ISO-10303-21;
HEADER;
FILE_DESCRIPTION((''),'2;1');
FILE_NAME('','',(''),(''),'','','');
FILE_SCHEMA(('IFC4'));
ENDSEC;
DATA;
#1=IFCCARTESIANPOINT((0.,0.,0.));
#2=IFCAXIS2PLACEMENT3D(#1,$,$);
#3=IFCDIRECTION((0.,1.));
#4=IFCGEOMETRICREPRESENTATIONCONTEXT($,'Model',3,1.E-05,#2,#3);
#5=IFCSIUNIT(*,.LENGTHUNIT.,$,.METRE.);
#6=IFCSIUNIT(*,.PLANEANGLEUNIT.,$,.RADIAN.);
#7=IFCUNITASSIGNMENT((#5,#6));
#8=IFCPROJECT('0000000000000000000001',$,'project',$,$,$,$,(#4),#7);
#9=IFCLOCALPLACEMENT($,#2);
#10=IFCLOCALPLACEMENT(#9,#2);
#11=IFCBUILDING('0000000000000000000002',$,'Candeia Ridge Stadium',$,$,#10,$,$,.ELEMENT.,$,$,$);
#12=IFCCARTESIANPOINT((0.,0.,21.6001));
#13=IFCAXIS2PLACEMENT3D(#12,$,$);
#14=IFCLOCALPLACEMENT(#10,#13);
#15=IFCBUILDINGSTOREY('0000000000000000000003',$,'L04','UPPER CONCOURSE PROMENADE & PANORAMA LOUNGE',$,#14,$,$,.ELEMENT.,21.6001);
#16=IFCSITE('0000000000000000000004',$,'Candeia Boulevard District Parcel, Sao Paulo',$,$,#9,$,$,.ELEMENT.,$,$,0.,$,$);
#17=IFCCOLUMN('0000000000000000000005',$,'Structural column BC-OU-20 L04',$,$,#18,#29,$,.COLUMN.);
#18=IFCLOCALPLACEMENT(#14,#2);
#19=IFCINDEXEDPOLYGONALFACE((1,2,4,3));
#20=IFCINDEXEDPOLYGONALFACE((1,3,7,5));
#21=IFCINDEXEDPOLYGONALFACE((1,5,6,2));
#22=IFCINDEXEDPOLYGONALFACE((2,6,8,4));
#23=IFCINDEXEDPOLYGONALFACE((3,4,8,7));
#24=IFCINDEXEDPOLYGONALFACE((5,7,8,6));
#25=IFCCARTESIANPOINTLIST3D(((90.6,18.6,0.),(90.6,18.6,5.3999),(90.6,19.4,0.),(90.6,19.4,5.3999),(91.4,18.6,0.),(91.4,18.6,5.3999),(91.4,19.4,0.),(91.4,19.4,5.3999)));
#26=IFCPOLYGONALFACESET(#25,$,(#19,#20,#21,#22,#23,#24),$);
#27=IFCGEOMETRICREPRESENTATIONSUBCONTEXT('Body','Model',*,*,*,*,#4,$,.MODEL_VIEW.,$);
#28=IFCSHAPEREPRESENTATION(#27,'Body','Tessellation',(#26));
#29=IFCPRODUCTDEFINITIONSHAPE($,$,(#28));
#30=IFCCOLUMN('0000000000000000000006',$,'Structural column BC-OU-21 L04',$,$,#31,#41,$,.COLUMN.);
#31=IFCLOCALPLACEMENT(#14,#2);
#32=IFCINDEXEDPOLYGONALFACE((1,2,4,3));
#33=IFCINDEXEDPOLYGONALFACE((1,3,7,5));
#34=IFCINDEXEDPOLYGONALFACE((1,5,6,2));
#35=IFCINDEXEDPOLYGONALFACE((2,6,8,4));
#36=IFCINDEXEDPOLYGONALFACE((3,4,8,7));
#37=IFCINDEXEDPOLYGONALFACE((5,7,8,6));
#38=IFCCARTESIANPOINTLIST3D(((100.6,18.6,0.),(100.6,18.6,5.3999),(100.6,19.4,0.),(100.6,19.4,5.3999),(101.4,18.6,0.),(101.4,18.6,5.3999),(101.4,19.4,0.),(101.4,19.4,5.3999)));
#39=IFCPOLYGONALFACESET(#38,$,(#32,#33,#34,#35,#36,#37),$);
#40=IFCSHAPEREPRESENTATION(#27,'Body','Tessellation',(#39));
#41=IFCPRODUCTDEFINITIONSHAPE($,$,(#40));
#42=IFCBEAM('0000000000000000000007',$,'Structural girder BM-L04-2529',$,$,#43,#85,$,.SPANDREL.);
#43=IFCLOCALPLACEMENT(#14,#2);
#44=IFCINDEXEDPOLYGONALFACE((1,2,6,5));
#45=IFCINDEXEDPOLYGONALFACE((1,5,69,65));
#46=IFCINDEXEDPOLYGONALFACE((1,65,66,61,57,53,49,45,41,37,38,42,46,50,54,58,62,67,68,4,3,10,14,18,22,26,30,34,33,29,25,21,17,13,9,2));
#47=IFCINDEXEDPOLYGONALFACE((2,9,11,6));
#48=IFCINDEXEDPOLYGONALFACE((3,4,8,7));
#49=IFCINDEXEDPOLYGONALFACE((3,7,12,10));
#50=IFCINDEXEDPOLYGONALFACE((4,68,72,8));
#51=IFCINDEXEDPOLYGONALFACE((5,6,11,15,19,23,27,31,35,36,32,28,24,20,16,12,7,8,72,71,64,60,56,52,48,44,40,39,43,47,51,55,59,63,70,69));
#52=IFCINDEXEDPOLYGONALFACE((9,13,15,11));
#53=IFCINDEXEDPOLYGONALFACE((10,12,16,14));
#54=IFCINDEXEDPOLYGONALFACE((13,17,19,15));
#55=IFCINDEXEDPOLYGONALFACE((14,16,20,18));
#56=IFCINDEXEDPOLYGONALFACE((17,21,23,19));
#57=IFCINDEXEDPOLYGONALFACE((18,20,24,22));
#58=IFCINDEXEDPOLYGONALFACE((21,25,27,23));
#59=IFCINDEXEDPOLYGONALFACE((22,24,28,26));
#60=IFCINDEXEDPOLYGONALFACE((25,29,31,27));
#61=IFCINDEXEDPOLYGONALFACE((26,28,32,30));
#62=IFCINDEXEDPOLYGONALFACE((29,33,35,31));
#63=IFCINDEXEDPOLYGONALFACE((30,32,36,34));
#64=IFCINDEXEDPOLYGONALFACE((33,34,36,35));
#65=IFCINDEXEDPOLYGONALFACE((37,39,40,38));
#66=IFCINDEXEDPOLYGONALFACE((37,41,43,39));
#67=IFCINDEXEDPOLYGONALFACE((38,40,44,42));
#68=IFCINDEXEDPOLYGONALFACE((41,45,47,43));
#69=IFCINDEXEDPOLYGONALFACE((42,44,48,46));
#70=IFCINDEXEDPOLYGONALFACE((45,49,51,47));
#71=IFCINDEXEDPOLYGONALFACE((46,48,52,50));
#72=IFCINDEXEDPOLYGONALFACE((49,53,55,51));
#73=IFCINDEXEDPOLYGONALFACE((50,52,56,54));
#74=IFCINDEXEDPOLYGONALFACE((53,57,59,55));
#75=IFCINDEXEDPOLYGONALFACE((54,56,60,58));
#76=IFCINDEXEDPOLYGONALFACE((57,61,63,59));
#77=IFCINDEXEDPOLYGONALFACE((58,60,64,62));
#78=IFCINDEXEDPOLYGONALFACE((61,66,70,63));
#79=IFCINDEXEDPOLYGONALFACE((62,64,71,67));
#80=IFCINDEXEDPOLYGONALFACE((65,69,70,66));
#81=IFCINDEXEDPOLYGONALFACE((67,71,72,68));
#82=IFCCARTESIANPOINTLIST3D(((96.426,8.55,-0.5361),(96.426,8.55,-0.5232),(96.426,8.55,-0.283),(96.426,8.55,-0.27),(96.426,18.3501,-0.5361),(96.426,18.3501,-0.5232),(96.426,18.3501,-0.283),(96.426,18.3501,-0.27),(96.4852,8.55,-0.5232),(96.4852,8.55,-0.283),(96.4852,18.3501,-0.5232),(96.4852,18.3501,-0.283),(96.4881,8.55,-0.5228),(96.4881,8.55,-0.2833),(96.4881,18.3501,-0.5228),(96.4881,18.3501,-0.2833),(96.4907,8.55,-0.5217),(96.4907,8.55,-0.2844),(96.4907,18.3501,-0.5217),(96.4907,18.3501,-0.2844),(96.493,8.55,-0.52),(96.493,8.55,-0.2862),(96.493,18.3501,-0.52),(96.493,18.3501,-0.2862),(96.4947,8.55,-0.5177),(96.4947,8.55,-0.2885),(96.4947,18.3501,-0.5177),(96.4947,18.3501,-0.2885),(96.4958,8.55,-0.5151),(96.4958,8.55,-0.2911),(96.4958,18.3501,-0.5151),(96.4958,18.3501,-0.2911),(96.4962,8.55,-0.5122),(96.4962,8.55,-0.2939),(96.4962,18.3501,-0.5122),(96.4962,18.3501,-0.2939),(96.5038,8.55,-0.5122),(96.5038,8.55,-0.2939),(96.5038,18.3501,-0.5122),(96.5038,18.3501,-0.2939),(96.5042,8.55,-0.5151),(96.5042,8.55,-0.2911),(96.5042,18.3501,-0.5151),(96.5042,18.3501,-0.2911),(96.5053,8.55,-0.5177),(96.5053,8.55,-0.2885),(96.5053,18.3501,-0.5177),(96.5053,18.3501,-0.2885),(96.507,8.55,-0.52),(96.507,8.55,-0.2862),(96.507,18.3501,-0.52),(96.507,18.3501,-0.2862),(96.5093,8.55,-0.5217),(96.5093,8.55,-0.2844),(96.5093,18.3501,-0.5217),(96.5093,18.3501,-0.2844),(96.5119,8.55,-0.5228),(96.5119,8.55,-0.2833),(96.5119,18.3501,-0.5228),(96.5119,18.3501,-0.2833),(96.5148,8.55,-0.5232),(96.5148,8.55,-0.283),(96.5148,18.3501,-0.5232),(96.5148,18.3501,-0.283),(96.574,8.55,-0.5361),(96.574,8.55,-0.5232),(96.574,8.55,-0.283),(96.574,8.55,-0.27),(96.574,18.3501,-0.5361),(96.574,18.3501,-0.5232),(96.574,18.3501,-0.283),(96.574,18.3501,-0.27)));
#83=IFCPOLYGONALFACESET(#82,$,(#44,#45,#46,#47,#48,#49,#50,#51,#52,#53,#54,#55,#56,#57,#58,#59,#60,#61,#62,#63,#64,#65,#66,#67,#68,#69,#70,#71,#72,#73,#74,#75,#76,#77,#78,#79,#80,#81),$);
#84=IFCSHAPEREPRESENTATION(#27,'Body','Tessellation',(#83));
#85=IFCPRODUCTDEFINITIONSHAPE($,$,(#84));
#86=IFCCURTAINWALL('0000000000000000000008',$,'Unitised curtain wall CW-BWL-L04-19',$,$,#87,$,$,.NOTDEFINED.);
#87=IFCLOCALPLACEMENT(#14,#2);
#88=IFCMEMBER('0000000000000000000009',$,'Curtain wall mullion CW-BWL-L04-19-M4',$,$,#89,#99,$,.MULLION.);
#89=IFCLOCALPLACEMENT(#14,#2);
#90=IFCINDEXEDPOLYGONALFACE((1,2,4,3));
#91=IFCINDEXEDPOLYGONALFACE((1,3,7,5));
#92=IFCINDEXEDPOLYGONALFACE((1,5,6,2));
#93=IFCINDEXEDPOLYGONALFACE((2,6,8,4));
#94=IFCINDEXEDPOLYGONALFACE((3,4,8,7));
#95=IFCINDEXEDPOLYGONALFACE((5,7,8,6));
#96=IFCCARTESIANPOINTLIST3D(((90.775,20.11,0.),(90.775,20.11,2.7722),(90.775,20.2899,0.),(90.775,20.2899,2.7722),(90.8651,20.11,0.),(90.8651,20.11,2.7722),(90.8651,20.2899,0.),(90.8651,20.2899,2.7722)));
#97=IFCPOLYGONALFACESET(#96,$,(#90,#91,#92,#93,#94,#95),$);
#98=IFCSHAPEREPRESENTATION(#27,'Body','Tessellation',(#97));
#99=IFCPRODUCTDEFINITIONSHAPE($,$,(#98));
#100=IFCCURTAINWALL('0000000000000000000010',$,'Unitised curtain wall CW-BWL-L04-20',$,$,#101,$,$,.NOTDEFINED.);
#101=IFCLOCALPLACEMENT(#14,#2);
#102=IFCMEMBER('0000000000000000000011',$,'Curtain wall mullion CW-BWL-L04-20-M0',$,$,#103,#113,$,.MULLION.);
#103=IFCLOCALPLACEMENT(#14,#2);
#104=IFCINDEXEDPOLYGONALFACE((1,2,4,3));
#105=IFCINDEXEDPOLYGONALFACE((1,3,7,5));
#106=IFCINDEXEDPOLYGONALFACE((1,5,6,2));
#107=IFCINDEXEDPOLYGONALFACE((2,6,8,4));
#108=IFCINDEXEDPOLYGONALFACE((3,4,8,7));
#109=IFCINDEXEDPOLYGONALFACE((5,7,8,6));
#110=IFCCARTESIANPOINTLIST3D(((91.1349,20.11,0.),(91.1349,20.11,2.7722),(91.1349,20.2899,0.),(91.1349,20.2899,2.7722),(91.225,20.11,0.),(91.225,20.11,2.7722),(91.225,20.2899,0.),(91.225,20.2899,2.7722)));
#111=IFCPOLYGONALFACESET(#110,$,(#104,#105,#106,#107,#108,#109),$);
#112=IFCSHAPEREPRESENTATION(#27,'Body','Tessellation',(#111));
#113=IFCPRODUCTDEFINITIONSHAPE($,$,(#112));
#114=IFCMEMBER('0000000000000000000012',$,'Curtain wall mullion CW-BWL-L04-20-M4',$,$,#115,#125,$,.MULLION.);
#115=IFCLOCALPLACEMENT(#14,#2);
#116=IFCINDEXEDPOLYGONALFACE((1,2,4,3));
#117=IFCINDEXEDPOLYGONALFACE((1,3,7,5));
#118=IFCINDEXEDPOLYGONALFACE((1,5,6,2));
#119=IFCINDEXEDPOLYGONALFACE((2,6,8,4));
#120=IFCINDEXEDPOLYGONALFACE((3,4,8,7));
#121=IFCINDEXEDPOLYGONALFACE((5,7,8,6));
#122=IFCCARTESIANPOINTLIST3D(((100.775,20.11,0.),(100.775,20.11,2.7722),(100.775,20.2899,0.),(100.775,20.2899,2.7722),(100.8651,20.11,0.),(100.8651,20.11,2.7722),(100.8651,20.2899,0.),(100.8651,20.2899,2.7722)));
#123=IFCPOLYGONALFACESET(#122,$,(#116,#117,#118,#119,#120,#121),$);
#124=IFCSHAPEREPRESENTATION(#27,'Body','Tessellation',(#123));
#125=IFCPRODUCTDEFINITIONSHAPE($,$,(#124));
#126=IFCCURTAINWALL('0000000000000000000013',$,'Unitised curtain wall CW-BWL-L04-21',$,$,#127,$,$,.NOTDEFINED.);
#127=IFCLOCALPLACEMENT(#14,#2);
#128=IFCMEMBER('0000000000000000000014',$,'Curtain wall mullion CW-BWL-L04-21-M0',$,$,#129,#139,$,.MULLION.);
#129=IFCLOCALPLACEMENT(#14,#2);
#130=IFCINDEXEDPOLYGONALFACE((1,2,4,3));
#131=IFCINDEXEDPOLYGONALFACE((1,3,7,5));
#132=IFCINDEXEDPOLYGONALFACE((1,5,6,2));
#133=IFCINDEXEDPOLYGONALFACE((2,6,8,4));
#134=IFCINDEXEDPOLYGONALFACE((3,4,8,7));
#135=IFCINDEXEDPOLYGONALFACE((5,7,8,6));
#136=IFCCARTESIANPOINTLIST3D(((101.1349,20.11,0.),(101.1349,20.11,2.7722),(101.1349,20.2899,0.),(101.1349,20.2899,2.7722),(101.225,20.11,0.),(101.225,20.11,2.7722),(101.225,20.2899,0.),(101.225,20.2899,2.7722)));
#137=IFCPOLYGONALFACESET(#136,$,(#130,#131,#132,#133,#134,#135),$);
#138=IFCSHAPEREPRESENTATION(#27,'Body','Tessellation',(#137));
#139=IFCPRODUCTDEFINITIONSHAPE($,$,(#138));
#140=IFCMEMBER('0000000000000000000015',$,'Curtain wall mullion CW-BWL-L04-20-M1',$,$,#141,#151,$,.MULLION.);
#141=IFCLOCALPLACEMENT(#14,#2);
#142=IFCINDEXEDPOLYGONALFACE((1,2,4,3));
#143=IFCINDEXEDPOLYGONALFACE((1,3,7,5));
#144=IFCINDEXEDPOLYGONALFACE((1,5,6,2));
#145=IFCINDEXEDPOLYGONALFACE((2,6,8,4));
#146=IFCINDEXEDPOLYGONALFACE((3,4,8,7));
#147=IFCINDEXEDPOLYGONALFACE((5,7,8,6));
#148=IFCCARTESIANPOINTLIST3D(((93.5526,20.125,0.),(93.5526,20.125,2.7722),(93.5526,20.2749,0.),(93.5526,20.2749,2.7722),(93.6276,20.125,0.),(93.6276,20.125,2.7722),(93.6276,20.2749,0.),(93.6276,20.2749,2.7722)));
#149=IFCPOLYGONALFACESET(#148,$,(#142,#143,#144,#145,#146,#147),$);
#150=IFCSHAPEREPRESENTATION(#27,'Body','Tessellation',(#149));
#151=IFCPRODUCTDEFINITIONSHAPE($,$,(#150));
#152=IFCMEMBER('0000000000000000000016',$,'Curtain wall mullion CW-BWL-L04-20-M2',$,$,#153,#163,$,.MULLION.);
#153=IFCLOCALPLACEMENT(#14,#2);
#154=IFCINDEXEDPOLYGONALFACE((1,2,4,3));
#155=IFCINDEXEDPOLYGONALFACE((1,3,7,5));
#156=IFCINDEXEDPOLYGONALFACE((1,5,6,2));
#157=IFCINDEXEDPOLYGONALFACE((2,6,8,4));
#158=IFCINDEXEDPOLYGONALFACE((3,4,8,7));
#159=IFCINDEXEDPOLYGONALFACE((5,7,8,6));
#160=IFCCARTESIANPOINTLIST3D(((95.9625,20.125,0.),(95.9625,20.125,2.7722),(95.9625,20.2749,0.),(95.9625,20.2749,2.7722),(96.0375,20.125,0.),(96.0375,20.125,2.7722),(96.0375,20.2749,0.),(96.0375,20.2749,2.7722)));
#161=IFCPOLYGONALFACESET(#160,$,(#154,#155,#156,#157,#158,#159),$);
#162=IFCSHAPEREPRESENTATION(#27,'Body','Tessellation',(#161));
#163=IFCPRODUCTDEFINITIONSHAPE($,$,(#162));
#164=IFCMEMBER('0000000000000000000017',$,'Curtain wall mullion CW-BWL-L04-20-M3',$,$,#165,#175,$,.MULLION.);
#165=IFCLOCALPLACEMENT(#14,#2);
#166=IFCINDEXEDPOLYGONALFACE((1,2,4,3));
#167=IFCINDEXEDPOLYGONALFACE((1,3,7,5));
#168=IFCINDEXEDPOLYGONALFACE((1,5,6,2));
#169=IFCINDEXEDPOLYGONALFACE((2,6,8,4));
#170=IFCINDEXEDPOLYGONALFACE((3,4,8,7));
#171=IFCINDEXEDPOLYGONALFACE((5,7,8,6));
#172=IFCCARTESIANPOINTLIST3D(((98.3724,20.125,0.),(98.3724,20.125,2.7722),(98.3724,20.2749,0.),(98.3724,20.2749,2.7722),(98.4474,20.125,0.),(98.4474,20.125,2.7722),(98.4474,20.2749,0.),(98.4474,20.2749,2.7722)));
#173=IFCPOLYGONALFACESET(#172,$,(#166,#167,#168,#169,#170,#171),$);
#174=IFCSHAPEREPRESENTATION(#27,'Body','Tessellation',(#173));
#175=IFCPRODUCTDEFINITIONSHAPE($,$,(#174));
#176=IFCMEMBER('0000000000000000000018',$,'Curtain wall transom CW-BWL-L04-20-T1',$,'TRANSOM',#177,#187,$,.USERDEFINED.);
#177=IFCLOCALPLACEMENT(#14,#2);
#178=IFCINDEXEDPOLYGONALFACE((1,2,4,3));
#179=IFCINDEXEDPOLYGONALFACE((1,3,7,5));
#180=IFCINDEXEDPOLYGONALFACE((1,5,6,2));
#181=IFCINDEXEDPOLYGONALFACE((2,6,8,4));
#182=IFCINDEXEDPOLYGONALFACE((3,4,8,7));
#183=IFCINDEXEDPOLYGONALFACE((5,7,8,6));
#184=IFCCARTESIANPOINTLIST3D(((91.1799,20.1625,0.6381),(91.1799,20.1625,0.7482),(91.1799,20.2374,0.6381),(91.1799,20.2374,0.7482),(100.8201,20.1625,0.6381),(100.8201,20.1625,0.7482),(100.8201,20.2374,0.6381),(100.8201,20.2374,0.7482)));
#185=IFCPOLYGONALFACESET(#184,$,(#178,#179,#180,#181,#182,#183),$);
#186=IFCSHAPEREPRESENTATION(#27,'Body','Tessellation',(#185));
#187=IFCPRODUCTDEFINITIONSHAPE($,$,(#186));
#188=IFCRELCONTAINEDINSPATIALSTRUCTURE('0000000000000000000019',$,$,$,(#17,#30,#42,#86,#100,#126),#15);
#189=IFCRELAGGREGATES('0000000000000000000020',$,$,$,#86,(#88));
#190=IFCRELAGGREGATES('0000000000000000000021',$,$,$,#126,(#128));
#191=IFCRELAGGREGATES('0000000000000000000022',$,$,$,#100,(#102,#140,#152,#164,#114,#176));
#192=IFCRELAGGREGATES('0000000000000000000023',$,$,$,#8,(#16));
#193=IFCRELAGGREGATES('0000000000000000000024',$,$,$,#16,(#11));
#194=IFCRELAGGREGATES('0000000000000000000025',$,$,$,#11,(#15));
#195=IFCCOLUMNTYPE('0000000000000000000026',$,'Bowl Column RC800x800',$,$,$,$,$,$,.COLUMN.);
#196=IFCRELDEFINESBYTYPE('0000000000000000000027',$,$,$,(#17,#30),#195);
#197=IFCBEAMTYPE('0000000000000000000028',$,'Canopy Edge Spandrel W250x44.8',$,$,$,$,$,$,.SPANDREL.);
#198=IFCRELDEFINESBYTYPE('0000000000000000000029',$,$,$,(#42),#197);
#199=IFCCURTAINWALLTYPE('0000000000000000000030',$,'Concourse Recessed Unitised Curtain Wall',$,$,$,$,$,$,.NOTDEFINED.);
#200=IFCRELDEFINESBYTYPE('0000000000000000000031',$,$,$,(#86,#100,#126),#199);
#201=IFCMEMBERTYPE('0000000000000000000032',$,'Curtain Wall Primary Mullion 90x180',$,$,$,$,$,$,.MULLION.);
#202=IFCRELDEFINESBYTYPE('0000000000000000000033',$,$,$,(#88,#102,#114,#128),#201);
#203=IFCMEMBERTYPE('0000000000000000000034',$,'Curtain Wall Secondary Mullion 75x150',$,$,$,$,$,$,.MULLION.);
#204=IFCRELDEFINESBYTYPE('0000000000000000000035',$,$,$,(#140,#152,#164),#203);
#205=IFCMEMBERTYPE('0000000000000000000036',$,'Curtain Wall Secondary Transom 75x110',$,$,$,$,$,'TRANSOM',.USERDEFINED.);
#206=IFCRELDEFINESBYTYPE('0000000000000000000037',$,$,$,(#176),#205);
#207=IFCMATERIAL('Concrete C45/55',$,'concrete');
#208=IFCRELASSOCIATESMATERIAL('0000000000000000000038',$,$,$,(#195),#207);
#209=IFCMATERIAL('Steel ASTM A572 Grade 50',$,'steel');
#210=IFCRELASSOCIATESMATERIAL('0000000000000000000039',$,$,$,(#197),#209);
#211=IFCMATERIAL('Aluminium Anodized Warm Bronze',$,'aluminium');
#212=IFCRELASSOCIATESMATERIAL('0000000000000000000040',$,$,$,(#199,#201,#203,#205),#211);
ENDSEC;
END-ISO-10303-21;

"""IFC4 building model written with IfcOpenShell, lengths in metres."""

from ifc_helpers import new_model, si_unit, direction, frame, origin, origin_2d, place, context, subcontext, project, spatial, rectangle, i_section, extrude, material, material_profile, profile_set, type_object, element, aggregate, save


model = new_model("IFC4")

# Units and contexts
model_context = context("Model", 3, precision=1e-05, world=origin(), true_north=direction((0.0, 1.0)))
body_context = subcontext(model_context, "Body", "Model", "MODEL_VIEW")
ifc_project = project(units=[si_unit("LENGTHUNIT", "METRE"), si_unit("PLANEANGLEUNIT", "RADIAN")], contexts=[model_context])

# Site, building, storey
site_placement = place(None, origin())
site = spatial("IfcSite", under=ifc_project, at=site_placement, Name="Candeia Boulevard District Parcel, Sao Paulo", CompositionType="ELEMENT", RefElevation=0.0)
building_placement = place(site_placement, origin())
building = spatial("IfcBuilding", under=site, at=building_placement, Name="Candeia Ridge Stadium", CompositionType="ELEMENT")
storey_placement = place(building_placement, frame((0.0, 0.0, 21.6001)))
storey = spatial("IfcBuildingStorey", under=building, at=storey_placement, Name="L04", Description="UPPER CONCOURSE PROMENADE & PANORAMA LOUNGE", CompositionType="ELEMENT", Elevation=21.6001)

# Columns
ifc_material_1 = material(Name="Concrete C45/55", Category="concrete")
ifc_material_profile_1 = material_profile(ifc_material_1, rectangle(XDim=0.8, YDim=0.8, at=origin_2d()), Name="RC800x800", Category="concrete")
ifc_profile_set_1 = profile_set([ifc_material_profile_1], Name="Concrete C45/55")
column_type = type_object("IfcColumnType", Name="Bowl Column RC800x800", PredefinedType="COLUMN", material=ifc_profile_set_1)
for number, where, z_axis, x_axis, name in (
    (1, (91.0, 19.0, 0.0), (0.0, 0.0, 1.0), (1.0, 0.0, 0.0), "Structural column BC-OU-20 L04"),
    (2, (101.0, 19.0, 0.0), (0.0, 0.0, 1.0), (1.0, 0.0, 0.0), "Structural column BC-OU-21 L04"),
):
    element("IfcColumn", number, at=place(storey_placement, frame(where, z_axis=z_axis, x_axis=x_axis)), inside=storey, type_object=column_type, Name=name, PredefinedType="COLUMN", context=body_context, shape_type="SweptSolid", body=[
        extrude(rectangle(XDim=0.8, YDim=0.8, at=origin_2d()), origin(), (0.0, 0.0, 1.0), 5.3999),
    ])

# Beam
ifc_material_2 = material(Name="Steel ASTM A572 Grade 50", Category="steel")
ifc_material_profile_2 = material_profile(ifc_material_2, i_section(OverallWidth=0.1479, OverallDepth=0.2661, WebThickness=0.0076, FlangeThickness=0.0129, FilletRadius=0.011, at=origin_2d()), Name="W250x44.8", Category="steel")
ifc_profile_set_2 = profile_set([ifc_material_profile_2], Name="Steel ASTM A572 Grade 50")
beam_type_1 = type_object("IfcBeamType", Name="Canopy Edge Spandrel W250x44.8", PredefinedType="SPANDREL", material=ifc_profile_set_2)
beam_1_placement = place(storey_placement, frame((96.5, 8.55, -0.4031), z_axis=(0.0, 1.0, 0.0), x_axis=(-1.0, 0.0, 0.0)))
element("IfcBeam", 3, at=beam_1_placement, inside=storey, type_object=beam_type_1, Name="Structural girder BM-L04-2529", PredefinedType="SPANDREL", context=body_context, shape_type="SweptSolid", body=[
    extrude(i_section(OverallWidth=0.1479, OverallDepth=0.2661, WebThickness=0.0076, FlangeThickness=0.0129, FilletRadius=0.011, at=origin_2d()), origin(), (0.0, 0.0, 1.0), 9.8),
])

# Curtain wall, member
ifc_material_3 = material(Name="Aluminium Anodized Warm Bronze", Category="aluminium")
curtain_wall_type = type_object("IfcCurtainWallType", Name="Concourse Recessed Unitised Curtain Wall", PredefinedType="NOTDEFINED", material=ifc_material_3)
curtain_wall_1_placement = place(storey_placement, origin())
curtain_wall_1 = element("IfcCurtainWall", 4, at=curtain_wall_1_placement, inside=storey, type_object=curtain_wall_type, Name="Unitised curtain wall CW-BWL-L04-19", PredefinedType="NOTDEFINED")
ifc_material_profile_3 = material_profile(ifc_material_3, rectangle(XDim=0.0901, YDim=0.1799, at=origin_2d()), Name="CWM-90x180", Category="aluminium")
ifc_profile_set_3 = profile_set([ifc_material_profile_3], Name="Aluminium Anodized Warm Bronze")
member_type_1 = type_object("IfcMemberType", Name="Curtain Wall Primary Mullion 90x180", PredefinedType="MULLION", material=ifc_profile_set_3)
member_1_placement = place(storey_placement, frame((90.8201, 20.2, 0.0), z_axis=(0.0, 0.0, 1.0), x_axis=(1.0, 0.0, 0.0)))
member_1 = element("IfcMember", 5, at=member_1_placement, type_object=member_type_1, Name="Curtain wall mullion CW-BWL-L04-19-M4", PredefinedType="MULLION", context=body_context, shape_type="SweptSolid", body=[
    extrude(rectangle(XDim=0.0901, YDim=0.1799, at=origin_2d()), origin(), (0.0, 0.0, 1.0), 2.7722),
])
aggregate(curtain_wall_1, [member_1])

# Curtain wall, members
curtain_wall_2_placement = place(storey_placement, origin())
curtain_wall_2 = element("IfcCurtainWall", 6, at=curtain_wall_2_placement, inside=storey, type_object=curtain_wall_type, Name="Unitised curtain wall CW-BWL-L04-20", PredefinedType="NOTDEFINED")
member_2_placement = place(storey_placement, frame((91.1799, 20.2, 0.0), z_axis=(0.0, 0.0, 1.0), x_axis=(1.0, 0.0, 0.0)))
member_2 = element("IfcMember", 7, at=member_2_placement, type_object=member_type_1, Name="Curtain wall mullion CW-BWL-L04-20-M0", PredefinedType="MULLION", context=body_context, shape_type="SweptSolid", body=[
    extrude(rectangle(XDim=0.0901, YDim=0.1799, at=origin_2d()), origin(), (0.0, 0.0, 1.0), 2.7722),
])
member_3_placement = place(storey_placement, frame((100.8201, 20.2, 0.0), z_axis=(0.0, 0.0, 1.0), x_axis=(1.0, 0.0, 0.0)))
member_3 = element("IfcMember", 8, at=member_3_placement, type_object=member_type_1, Name="Curtain wall mullion CW-BWL-L04-20-M4", PredefinedType="MULLION", context=body_context, shape_type="SweptSolid", body=[
    extrude(rectangle(XDim=0.0901, YDim=0.1799, at=origin_2d()), origin(), (0.0, 0.0, 1.0), 2.7722),
])

# Curtain wall, member
curtain_wall_3_placement = place(storey_placement, origin())
curtain_wall_3 = element("IfcCurtainWall", 9, at=curtain_wall_3_placement, inside=storey, type_object=curtain_wall_type, Name="Unitised curtain wall CW-BWL-L04-21", PredefinedType="NOTDEFINED")
member_4_placement = place(storey_placement, frame((101.1799, 20.2, 0.0), z_axis=(0.0, 0.0, 1.0), x_axis=(1.0, 0.0, 0.0)))
member_4 = element("IfcMember", 10, at=member_4_placement, type_object=member_type_1, Name="Curtain wall mullion CW-BWL-L04-21-M0", PredefinedType="MULLION", context=body_context, shape_type="SweptSolid", body=[
    extrude(rectangle(XDim=0.0901, YDim=0.1799, at=origin_2d()), origin(), (0.0, 0.0, 1.0), 2.7722),
])

# Members
ifc_material_profile_4 = material_profile(ifc_material_3, rectangle(XDim=0.075, YDim=0.1499, at=origin_2d()), Name="CWM-75x150", Category="aluminium")
ifc_profile_set_4 = profile_set([ifc_material_profile_4], Name="Aluminium Anodized Warm Bronze")
member_type_2 = type_object("IfcMemberType", Name="Curtain Wall Secondary Mullion 75x150", PredefinedType="MULLION", material=ifc_profile_set_4)
member_5_placement = place(storey_placement, frame((93.5901, 20.2, 0.0), z_axis=(0.0, 0.0, 1.0), x_axis=(1.0, 0.0, 0.0)))
member_5 = element("IfcMember", 11, at=member_5_placement, type_object=member_type_2, Name="Curtain wall mullion CW-BWL-L04-20-M1", PredefinedType="MULLION", context=body_context, shape_type="SweptSolid", body=[
    extrude(rectangle(XDim=0.075, YDim=0.1499, at=origin_2d()), origin(), (0.0, 0.0, 1.0), 2.7722),
])
member_6_placement = place(storey_placement, frame((96.0, 20.2, 0.0), z_axis=(0.0, 0.0, 1.0), x_axis=(1.0, 0.0, 0.0)))
member_6 = element("IfcMember", 12, at=member_6_placement, type_object=member_type_2, Name="Curtain wall mullion CW-BWL-L04-20-M2", PredefinedType="MULLION", context=body_context, shape_type="SweptSolid", body=[
    extrude(rectangle(XDim=0.075, YDim=0.1499, at=origin_2d()), origin(), (0.0, 0.0, 1.0), 2.7722),
])
member_7_placement = place(storey_placement, frame((98.4099, 20.2, 0.0), z_axis=(0.0, 0.0, 1.0), x_axis=(1.0, 0.0, 0.0)))
member_7 = element("IfcMember", 13, at=member_7_placement, type_object=member_type_2, Name="Curtain wall mullion CW-BWL-L04-20-M3", PredefinedType="MULLION", context=body_context, shape_type="SweptSolid", body=[
    extrude(rectangle(XDim=0.075, YDim=0.1499, at=origin_2d()), origin(), (0.0, 0.0, 1.0), 2.7722),
])
ifc_material_profile_5 = material_profile(ifc_material_3, rectangle(XDim=0.075, YDim=0.1101, at=origin_2d()), Name="CWT-75x110", Category="aluminium")
ifc_profile_set_5 = profile_set([ifc_material_profile_5], Name="Aluminium Anodized Warm Bronze")
member_type_3 = type_object("IfcMemberType", Name="Curtain Wall Secondary Transom 75x110", ElementType="TRANSOM", PredefinedType="USERDEFINED", material=ifc_profile_set_5)
member_8_placement = place(storey_placement, frame((91.1799, 20.2, 0.6931), z_axis=(1.0, 0.0, 0.0), x_axis=(0.0, 1.0, 0.0)))
member_8 = element("IfcMember", 14, at=member_8_placement, type_object=member_type_3, Name="Curtain wall transom CW-BWL-L04-20-T1", ObjectType="TRANSOM", PredefinedType="USERDEFINED", context=body_context, shape_type="SweptSolid", body=[
    extrude(rectangle(XDim=0.075, YDim=0.1101, at=origin_2d()), origin(), (0.0, 0.0, 1.0), 9.6401),
])
aggregate(curtain_wall_3, [member_4])

aggregate(curtain_wall_2, [member_2, member_5, member_6, member_7, member_3, member_8])

save(model, "model.ifc")
